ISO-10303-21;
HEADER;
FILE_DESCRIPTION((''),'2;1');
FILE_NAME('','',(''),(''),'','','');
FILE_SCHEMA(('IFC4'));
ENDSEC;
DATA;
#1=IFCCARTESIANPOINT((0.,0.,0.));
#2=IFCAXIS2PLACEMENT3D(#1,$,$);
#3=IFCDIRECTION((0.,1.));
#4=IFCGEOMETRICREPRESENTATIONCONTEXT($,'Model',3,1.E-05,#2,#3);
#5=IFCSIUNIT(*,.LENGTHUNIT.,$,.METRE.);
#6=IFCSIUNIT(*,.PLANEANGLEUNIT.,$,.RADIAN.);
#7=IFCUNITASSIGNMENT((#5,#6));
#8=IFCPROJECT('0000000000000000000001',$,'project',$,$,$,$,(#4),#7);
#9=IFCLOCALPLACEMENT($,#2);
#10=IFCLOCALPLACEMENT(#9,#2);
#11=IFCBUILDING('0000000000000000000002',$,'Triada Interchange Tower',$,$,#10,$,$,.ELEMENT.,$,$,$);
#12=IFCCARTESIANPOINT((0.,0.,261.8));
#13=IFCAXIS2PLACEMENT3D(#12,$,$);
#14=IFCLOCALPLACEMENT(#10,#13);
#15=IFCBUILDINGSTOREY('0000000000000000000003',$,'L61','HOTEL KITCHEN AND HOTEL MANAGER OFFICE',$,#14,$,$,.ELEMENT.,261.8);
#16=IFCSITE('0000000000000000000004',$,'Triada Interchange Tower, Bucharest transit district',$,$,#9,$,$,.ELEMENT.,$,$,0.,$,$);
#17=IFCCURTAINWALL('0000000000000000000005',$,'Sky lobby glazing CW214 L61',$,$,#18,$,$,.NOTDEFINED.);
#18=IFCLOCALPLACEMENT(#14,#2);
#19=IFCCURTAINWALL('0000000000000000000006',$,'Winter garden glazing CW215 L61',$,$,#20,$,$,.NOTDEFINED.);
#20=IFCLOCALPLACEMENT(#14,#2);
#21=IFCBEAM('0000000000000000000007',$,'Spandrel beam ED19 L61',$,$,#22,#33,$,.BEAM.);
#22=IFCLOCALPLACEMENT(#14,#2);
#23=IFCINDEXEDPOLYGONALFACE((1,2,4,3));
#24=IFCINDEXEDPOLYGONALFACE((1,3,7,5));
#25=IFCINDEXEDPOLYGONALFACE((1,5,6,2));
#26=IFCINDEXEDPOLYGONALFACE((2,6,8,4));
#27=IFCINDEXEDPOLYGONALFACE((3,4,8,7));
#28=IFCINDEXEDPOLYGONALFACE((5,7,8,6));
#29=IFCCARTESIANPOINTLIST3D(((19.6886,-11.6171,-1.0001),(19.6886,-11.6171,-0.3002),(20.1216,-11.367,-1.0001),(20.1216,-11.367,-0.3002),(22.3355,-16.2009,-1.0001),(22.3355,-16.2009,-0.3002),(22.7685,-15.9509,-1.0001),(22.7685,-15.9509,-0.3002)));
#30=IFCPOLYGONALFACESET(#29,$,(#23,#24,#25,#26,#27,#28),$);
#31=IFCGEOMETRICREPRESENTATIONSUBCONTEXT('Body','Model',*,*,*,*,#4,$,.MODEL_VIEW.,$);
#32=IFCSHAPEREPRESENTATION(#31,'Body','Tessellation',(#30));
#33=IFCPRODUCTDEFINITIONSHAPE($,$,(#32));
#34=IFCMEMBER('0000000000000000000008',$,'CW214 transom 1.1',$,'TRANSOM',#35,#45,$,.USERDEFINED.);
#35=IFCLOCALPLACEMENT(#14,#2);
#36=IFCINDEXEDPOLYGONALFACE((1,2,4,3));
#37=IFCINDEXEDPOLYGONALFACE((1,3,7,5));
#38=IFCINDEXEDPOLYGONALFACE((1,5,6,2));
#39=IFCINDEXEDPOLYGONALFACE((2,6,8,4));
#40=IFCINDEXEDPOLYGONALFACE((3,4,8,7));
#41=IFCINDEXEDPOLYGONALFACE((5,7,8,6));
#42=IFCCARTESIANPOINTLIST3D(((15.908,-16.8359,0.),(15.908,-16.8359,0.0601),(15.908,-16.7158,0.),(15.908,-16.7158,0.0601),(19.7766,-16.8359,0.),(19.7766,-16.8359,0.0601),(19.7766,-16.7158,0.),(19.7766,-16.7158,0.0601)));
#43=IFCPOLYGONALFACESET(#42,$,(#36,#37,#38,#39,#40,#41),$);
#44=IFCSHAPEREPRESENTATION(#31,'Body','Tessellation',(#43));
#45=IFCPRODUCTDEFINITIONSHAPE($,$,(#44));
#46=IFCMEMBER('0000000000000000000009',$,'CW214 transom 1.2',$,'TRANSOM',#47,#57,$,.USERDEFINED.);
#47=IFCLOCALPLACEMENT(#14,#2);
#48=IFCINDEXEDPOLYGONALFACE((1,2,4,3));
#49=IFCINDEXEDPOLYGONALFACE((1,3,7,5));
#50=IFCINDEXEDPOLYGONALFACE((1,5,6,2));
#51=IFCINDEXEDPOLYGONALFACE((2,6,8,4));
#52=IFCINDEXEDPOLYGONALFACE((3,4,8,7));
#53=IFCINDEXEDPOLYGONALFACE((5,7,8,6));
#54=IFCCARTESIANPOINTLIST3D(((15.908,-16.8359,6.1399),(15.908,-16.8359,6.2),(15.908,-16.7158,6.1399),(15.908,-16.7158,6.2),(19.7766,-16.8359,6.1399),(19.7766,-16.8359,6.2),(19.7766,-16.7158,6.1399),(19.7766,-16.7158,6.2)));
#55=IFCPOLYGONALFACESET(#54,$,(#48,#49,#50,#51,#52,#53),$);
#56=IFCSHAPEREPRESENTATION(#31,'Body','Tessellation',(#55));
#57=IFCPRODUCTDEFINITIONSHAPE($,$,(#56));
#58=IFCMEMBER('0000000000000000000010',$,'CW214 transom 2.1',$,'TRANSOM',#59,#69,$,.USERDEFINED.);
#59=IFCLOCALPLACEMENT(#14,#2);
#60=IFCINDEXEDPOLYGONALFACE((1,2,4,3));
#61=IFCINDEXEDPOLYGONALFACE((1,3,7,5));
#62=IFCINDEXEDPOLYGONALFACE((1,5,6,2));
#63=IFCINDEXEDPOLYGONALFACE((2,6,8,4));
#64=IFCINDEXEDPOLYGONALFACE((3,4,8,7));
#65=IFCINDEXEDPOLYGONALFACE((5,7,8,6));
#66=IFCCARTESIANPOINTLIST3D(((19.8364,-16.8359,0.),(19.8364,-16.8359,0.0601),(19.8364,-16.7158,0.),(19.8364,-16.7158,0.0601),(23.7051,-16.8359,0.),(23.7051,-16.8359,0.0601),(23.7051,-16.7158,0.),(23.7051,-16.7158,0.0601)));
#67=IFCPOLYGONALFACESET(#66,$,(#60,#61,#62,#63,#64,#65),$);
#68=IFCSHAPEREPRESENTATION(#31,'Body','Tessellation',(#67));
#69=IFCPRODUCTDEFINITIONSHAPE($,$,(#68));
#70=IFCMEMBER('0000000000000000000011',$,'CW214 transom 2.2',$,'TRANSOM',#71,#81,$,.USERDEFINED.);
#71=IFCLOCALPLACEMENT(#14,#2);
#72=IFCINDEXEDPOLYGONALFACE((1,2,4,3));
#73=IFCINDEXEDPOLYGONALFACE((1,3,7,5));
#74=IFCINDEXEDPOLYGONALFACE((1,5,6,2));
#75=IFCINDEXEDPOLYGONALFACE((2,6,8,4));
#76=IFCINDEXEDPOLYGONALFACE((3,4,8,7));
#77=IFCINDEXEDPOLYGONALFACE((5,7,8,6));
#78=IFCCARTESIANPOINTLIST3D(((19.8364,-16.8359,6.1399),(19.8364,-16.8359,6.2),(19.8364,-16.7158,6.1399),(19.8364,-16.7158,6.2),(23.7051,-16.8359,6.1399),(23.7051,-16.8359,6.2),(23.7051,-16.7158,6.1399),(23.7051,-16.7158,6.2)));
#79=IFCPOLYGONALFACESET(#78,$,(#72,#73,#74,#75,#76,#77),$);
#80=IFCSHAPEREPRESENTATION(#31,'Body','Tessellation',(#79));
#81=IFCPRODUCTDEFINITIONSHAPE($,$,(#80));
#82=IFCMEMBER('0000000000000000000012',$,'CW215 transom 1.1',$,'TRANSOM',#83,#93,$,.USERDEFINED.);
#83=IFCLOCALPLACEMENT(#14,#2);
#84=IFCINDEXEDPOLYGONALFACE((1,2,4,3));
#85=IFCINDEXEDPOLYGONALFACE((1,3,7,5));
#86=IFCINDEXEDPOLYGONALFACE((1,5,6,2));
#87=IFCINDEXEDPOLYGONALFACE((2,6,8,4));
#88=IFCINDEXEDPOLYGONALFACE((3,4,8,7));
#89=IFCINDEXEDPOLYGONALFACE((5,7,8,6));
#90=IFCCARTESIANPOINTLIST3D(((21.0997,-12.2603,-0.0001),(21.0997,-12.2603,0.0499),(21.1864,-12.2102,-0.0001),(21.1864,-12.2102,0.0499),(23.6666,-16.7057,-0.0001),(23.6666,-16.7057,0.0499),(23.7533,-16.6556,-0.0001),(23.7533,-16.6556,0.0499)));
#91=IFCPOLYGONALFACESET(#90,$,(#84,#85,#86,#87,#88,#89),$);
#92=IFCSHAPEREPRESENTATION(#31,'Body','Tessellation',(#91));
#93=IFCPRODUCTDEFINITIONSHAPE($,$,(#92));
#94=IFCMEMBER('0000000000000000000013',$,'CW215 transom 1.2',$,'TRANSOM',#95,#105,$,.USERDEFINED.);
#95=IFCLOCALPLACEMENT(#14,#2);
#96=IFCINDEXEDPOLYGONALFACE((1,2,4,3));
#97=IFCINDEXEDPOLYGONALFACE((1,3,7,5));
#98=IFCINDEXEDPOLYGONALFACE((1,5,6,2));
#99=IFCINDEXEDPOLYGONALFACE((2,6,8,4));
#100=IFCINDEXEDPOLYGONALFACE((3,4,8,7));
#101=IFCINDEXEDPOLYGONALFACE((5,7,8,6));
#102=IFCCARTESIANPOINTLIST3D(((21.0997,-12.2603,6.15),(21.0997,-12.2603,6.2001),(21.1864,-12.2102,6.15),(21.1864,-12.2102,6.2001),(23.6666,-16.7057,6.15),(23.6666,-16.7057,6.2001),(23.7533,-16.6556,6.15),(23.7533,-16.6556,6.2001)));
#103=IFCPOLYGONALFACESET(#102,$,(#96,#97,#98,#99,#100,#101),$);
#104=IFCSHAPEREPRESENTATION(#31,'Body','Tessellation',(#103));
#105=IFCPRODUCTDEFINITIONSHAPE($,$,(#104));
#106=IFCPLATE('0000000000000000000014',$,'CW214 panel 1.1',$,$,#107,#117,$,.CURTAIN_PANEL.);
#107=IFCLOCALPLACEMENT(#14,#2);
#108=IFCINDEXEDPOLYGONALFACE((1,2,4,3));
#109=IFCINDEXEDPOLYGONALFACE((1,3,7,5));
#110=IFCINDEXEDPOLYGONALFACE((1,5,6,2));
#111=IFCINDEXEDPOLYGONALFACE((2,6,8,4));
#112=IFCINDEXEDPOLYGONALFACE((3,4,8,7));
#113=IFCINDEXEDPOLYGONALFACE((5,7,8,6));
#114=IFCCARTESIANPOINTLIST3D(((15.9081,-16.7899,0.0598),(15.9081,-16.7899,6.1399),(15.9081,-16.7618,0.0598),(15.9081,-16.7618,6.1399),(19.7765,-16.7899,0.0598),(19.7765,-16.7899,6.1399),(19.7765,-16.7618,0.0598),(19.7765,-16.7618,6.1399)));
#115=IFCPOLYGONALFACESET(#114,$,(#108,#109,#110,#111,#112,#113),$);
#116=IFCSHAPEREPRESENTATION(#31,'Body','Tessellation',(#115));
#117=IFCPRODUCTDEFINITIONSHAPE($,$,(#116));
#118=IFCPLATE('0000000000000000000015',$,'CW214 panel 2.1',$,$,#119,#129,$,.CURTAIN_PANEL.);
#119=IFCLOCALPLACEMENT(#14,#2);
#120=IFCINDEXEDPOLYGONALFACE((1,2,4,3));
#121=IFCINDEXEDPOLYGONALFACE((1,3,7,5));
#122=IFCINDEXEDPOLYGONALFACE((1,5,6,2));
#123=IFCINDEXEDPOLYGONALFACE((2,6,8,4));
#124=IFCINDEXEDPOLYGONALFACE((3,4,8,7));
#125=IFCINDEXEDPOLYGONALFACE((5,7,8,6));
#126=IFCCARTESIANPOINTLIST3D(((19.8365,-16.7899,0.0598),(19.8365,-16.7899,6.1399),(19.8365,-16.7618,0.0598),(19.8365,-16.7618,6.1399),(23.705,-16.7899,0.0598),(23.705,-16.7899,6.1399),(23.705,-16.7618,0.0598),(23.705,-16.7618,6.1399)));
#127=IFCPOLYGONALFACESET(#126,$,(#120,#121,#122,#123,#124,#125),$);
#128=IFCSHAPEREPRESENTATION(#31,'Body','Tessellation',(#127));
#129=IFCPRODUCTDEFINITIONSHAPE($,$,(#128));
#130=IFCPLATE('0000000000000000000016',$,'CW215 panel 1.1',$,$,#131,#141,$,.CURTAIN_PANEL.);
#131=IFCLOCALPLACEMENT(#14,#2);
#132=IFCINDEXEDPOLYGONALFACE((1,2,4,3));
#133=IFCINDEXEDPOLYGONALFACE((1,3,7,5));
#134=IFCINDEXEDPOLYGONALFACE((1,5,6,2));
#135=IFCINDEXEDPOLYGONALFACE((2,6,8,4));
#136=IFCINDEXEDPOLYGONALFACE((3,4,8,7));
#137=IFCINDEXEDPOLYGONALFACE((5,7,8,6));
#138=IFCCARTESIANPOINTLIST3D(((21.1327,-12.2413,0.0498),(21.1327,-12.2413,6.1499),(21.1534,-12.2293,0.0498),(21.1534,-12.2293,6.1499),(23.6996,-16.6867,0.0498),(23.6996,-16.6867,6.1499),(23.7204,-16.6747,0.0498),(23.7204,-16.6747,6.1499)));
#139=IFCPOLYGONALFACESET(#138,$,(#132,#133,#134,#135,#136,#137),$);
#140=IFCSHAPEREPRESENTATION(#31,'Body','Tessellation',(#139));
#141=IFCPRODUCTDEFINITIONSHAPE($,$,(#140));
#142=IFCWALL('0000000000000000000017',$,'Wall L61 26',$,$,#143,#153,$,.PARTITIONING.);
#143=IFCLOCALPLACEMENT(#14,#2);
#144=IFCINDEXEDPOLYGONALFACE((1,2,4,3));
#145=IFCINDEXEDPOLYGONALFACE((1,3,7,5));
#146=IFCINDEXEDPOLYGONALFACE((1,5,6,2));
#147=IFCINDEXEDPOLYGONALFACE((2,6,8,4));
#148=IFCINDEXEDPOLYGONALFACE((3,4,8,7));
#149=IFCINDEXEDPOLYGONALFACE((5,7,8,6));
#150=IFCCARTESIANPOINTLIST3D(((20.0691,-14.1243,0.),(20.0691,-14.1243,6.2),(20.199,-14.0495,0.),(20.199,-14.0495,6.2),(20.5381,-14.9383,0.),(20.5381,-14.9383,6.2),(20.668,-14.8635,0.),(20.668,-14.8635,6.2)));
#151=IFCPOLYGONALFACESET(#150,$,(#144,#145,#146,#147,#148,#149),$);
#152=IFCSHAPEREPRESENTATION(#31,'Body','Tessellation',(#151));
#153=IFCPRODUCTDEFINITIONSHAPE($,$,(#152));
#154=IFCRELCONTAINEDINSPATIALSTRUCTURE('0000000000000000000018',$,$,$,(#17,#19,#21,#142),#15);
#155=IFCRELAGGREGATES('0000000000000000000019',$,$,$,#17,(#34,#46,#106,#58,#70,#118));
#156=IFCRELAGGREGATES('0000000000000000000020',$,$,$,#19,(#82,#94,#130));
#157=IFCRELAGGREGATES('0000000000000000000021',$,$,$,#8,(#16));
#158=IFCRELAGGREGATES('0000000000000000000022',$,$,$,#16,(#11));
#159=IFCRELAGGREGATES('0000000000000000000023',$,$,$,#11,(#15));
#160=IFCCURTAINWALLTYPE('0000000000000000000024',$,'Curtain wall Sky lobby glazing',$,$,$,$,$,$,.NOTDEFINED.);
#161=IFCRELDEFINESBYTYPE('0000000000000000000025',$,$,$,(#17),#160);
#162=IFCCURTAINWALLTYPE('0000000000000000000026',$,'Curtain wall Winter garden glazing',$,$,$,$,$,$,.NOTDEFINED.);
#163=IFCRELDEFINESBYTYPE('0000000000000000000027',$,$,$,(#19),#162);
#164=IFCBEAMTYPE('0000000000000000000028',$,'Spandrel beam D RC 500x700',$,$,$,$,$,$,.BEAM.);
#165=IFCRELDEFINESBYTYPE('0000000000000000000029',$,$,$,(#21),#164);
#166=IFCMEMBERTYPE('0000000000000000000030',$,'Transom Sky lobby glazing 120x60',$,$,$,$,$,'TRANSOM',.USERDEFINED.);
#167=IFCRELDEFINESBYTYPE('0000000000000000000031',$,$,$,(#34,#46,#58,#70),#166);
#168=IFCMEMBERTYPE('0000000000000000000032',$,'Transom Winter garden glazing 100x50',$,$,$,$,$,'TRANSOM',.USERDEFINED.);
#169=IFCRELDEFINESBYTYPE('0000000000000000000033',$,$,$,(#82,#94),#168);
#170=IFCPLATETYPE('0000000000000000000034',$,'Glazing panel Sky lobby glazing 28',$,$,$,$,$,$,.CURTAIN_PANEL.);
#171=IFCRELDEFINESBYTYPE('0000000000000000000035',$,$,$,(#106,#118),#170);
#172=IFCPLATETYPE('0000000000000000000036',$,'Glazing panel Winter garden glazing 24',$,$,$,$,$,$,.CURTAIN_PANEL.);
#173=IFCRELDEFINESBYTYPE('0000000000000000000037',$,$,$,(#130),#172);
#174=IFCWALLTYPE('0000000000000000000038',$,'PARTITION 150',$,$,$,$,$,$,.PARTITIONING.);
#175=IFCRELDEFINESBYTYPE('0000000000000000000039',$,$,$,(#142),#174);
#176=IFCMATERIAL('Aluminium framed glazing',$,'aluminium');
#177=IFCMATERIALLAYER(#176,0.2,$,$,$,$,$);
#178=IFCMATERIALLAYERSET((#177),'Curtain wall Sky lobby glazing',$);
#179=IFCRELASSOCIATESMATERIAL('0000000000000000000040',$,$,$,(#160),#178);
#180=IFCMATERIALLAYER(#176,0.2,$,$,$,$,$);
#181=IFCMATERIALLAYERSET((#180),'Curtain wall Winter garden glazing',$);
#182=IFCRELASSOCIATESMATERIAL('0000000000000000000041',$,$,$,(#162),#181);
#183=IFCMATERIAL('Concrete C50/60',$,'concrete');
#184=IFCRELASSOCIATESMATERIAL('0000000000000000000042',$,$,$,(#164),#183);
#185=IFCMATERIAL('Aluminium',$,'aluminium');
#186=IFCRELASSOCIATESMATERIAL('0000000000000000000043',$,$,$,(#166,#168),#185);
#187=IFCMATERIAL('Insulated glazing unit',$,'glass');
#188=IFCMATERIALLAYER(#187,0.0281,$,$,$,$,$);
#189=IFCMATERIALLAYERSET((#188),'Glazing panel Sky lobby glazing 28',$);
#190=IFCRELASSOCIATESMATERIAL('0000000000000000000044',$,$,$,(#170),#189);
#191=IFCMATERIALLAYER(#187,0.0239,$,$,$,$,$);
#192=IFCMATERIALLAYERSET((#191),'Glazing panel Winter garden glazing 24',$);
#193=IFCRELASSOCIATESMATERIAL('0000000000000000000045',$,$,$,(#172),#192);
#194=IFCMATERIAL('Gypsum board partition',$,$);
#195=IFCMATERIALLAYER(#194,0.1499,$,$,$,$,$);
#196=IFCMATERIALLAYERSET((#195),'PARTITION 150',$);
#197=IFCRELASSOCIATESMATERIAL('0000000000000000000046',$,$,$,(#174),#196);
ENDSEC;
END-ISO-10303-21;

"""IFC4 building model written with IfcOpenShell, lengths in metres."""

from ifc_helpers import new_model, si_unit, direction, frame, frame_2d, origin, origin_2d, place, context, subcontext, project, spatial, rectangle, extrude, material, layer, layer_set, material_profile, profile_set, type_object, element, aggregate, save


model = new_model("IFC4")

# Units and contexts
model_context = context("Model", 3, precision=1e-05, world=origin(), true_north=direction((0.0, 1.0)))
body_context = subcontext(model_context, "Body", "Model", "MODEL_VIEW")
ifc_project = project(units=[si_unit("LENGTHUNIT", "METRE"), si_unit("PLANEANGLEUNIT", "RADIAN")], contexts=[model_context])

# Site, building, storey
site_placement = place(None, origin())
site = spatial("IfcSite", under=ifc_project, at=site_placement, Name="Triada Interchange Tower, Bucharest transit district", CompositionType="ELEMENT", RefElevation=0.0)
building_placement = place(site_placement, origin())
building = spatial("IfcBuilding", under=site, at=building_placement, Name="Triada Interchange Tower", CompositionType="ELEMENT")
storey_placement = place(building_placement, frame((0.0, 0.0, 261.8)))
storey = spatial("IfcBuildingStorey", under=building, at=storey_placement, Name="L61", Description="HOTEL KITCHEN AND HOTEL MANAGER OFFICE", CompositionType="ELEMENT", Elevation=261.8)

# Shared definitions
ifc_material_1 = material(Name="Aluminium framed glazing", Category="aluminium")
ifc_layer_1 = layer(ifc_material_1, 0.2)
ifc_layer_set_1 = layer_set([ifc_layer_1], Name="Curtain wall Sky lobby glazing")
curtain_wall_type_1 = type_object("IfcCurtainWallType", Name="Curtain wall Sky lobby glazing", PredefinedType="NOTDEFINED", material=ifc_layer_set_1)
ifc_material_2 = material(Name="Aluminium", Category="aluminium")

# Curtain walls
curtain_wall_1_placement = place(storey_placement, origin())
curtain_wall_1 = element("IfcCurtainWall", 1, at=curtain_wall_1_placement, inside=storey, type_object=curtain_wall_type_1, Name="Sky lobby glazing CW214 L61", PredefinedType="NOTDEFINED")
ifc_layer_2 = layer(ifc_material_1, 0.2)
ifc_layer_set_2 = layer_set([ifc_layer_2], Name="Curtain wall Winter garden glazing")
curtain_wall_type_2 = type_object("IfcCurtainWallType", Name="Curtain wall Winter garden glazing", PredefinedType="NOTDEFINED", material=ifc_layer_set_2)
curtain_wall_2_placement = place(storey_placement, origin())
curtain_wall_2 = element("IfcCurtainWall", 2, at=curtain_wall_2_placement, inside=storey, type_object=curtain_wall_type_2, Name="Winter garden glazing CW215 L61", PredefinedType="NOTDEFINED")

# Beam
ifc_material_3 = material(Name="Concrete C50/60", Category="concrete")
ifc_material_profile_1 = material_profile(ifc_material_3, rectangle(XDim=0.5, YDim=0.7, at=origin_2d()), Name="RC 500x700")
ifc_profile_set_1 = profile_set([ifc_material_profile_1], Name="Concrete C50/60")
beam_type_1 = type_object("IfcBeamType", Name="Spandrel beam D RC 500x700", PredefinedType="BEAM", material=ifc_profile_set_1)
beam_1_placement = place(storey_placement, frame((22.552, -16.0759, -0.6501), z_axis=(-0.500058, 0.865992, 0.0), x_axis=(-0.865992, -0.500058, 0.0)))
element("IfcBeam", 3, at=beam_1_placement, inside=storey, type_object=beam_type_1, Name="Spandrel beam ED19 L61", PredefinedType="BEAM", context=body_context, shape_type="SweptSolid", body=[
    extrude(rectangle(XDim=0.5, YDim=0.7, at=origin_2d()), origin(), (0.0, 0.0, 1.0), 5.2932),
])

# Members
ifc_material_profile_2 = material_profile(ifc_material_2, rectangle(XDim=0.1201, YDim=0.0601, at=origin_2d()), Name="Aluminium transom")
ifc_profile_set_2 = profile_set([ifc_material_profile_2], Name="Aluminium")
member_type_1 = type_object("IfcMemberType", Name="Transom Sky lobby glazing 120x60", ElementType="TRANSOM", PredefinedType="USERDEFINED", material=ifc_profile_set_2)
member_1_placement = place(storey_placement, frame((15.908, -16.7759, 0.03), z_axis=(1.0, 0.0, 0.0), x_axis=(0.0, 1.0, 0.0)))
member_1 = element("IfcMember", 4, at=member_1_placement, type_object=member_type_1, Name="CW214 transom 1.1", ObjectType="TRANSOM", PredefinedType="USERDEFINED", context=body_context, shape_type="SweptSolid", body=[
    extrude(rectangle(XDim=0.1201, YDim=0.0601, at=origin_2d()), origin(), (0.0, 0.0, 1.0), 3.8687),
])
member_2_placement = place(storey_placement, frame((15.908, -16.7759, 6.1699), z_axis=(1.0, 0.0, 0.0), x_axis=(0.0, 1.0, 0.0)))
member_2 = element("IfcMember", 5, at=member_2_placement, type_object=member_type_1, Name="CW214 transom 1.2", ObjectType="TRANSOM", PredefinedType="USERDEFINED", context=body_context, shape_type="SweptSolid", body=[
    extrude(rectangle(XDim=0.1201, YDim=0.0601, at=origin_2d()), origin(), (0.0, 0.0, 1.0), 3.8687),
])
member_3_placement = place(storey_placement, frame((19.8364, -16.7759, 0.03), z_axis=(1.0, 0.0, 0.0), x_axis=(0.0, 1.0, 0.0)))
member_3 = element("IfcMember", 6, at=member_3_placement, type_object=member_type_1, Name="CW214 transom 2.1", ObjectType="TRANSOM", PredefinedType="USERDEFINED", context=body_context, shape_type="SweptSolid", body=[
    extrude(rectangle(XDim=0.1201, YDim=0.0601, at=origin_2d()), origin(), (0.0, 0.0, 1.0), 3.8687),
])
member_4_placement = place(storey_placement, frame((19.8364, -16.7759, 6.1699), z_axis=(1.0, 0.0, 0.0), x_axis=(0.0, 1.0, 0.0)))
member_4 = element("IfcMember", 7, at=member_4_placement, type_object=member_type_1, Name="CW214 transom 2.2", ObjectType="TRANSOM", PredefinedType="USERDEFINED", context=body_context, shape_type="SweptSolid", body=[
    extrude(rectangle(XDim=0.1201, YDim=0.0601, at=origin_2d()), origin(), (0.0, 0.0, 1.0), 3.8687),
])
ifc_material_profile_3 = material_profile(ifc_material_2, rectangle(XDim=0.1001, YDim=0.05, at=origin_2d()), Name="Aluminium transom")
ifc_profile_set_3 = profile_set([ifc_material_profile_3], Name="Aluminium")
member_type_2 = type_object("IfcMemberType", Name="Transom Winter garden glazing 100x50", ElementType="TRANSOM", PredefinedType="USERDEFINED", material=ifc_profile_set_3)
member_5_placement = place(storey_placement, frame((23.71, -16.6807, 0.0249), z_axis=(-0.500057, 0.865992, 0.0), x_axis=(-0.865992, -0.500057, 0.0)))
member_5 = element("IfcMember", 8, at=member_5_placement, type_object=member_type_2, Name="CW215 transom 1.1", ObjectType="TRANSOM", PredefinedType="USERDEFINED", context=body_context, shape_type="SweptSolid", body=[
    extrude(rectangle(XDim=0.1001, YDim=0.05, at=origin_2d()), origin(), (0.0, 0.0, 1.0), 5.1333),
])
member_6_placement = place(storey_placement, frame((23.71, -16.6807, 6.175), z_axis=(-0.500057, 0.865992, 0.0), x_axis=(-0.865992, -0.500057, 0.0)))
member_6 = element("IfcMember", 9, at=member_6_placement, type_object=member_type_2, Name="CW215 transom 1.2", ObjectType="TRANSOM", PredefinedType="USERDEFINED", context=body_context, shape_type="SweptSolid", body=[
    extrude(rectangle(XDim=0.1001, YDim=0.05, at=origin_2d()), origin(), (0.0, 0.0, 1.0), 5.1333),
])

# Plates
ifc_material_4 = material(Name="Insulated glazing unit", Category="glass")
ifc_layer_3 = layer(ifc_material_4, 0.0281)
ifc_layer_set_3 = layer_set([ifc_layer_3], Name="Glazing panel Sky lobby glazing 28")
plate_type_1 = type_object("IfcPlateType", Name="Glazing panel Sky lobby glazing 28", PredefinedType="CURTAIN_PANEL", material=ifc_layer_set_3)
plate_1_placement = place(storey_placement, frame((17.8423, -16.7759, 0.0598), z_axis=(0.0, 0.0, 1.0), x_axis=(1.0, 0.0, 0.0)))
plate_1 = element("IfcPlate", 10, at=plate_1_placement, type_object=plate_type_1, Name="CW214 panel 1.1", PredefinedType="CURTAIN_PANEL", context=body_context, shape_type="SweptSolid", body=[
    extrude(rectangle(XDim=3.8684, YDim=0.0281, at=origin_2d()), origin(), (0.0, 0.0, 1.0), 6.0801),
])
plate_2_placement = place(storey_placement, frame((21.7708, -16.7759, 0.0598), z_axis=(0.0, 0.0, 1.0), x_axis=(1.0, 0.0, 0.0)))
plate_2 = element("IfcPlate", 11, at=plate_2_placement, type_object=plate_type_1, Name="CW214 panel 2.1", PredefinedType="CURTAIN_PANEL", context=body_context, shape_type="SweptSolid", body=[
    extrude(rectangle(XDim=3.8684, YDim=0.0281, at=origin_2d()), origin(), (0.0, 0.0, 1.0), 6.0801),
])
aggregate(curtain_wall_1, [member_1, member_2, plate_1, member_3, member_4, plate_2])
ifc_layer_4 = layer(ifc_material_4, 0.0239)
ifc_layer_set_4 = layer_set([ifc_layer_4], Name="Glazing panel Winter garden glazing 24")
plate_type_2 = type_object("IfcPlateType", Name="Glazing panel Winter garden glazing 24", PredefinedType="CURTAIN_PANEL", material=ifc_layer_set_4)
plate_3_placement = place(storey_placement, frame((22.4265, -14.458, 0.0498), z_axis=(0.0, 0.0, 1.0), x_axis=(-0.500064, 0.865988, 0.0)))
plate_3 = element("IfcPlate", 12, at=plate_3_placement, type_object=plate_type_2, Name="CW215 panel 1.1", PredefinedType="CURTAIN_PANEL", context=body_context, shape_type="SweptSolid", body=[
    extrude(rectangle(XDim=5.1333, YDim=0.0239, at=origin_2d()), origin(), (0.0, 0.0, 1.0), 6.1001),
])
aggregate(curtain_wall_2, [member_5, member_6, plate_3])

# Wall
ifc_material_5 = material(Name="Gypsum board partition")
ifc_layer_5 = layer(ifc_material_5, 0.1499)
ifc_layer_set_5 = layer_set([ifc_layer_5], Name="PARTITION 150")
wall_type = type_object("IfcWallType", Name="PARTITION 150", PredefinedType="PARTITIONING", material=ifc_layer_set_5)
wall_placement = place(storey_placement, frame((20.134, -14.0869, 0.0), z_axis=(0.0, 0.0, 1.0), x_axis=(0.499242, -0.866462, 0.0)))
element("IfcWall", 13, at=wall_placement, inside=storey, type_object=wall_type, Name="Wall L61 26", PredefinedType="PARTITIONING", context=body_context, shape_type="SweptSolid", body=[
    extrude(rectangle(XDim=0.9395, YDim=0.1499, at=frame_2d((0.4697, 0.0))), origin(), (0.0, 0.0, 1.0), 6.2),
])

save(model, "model.ifc")
